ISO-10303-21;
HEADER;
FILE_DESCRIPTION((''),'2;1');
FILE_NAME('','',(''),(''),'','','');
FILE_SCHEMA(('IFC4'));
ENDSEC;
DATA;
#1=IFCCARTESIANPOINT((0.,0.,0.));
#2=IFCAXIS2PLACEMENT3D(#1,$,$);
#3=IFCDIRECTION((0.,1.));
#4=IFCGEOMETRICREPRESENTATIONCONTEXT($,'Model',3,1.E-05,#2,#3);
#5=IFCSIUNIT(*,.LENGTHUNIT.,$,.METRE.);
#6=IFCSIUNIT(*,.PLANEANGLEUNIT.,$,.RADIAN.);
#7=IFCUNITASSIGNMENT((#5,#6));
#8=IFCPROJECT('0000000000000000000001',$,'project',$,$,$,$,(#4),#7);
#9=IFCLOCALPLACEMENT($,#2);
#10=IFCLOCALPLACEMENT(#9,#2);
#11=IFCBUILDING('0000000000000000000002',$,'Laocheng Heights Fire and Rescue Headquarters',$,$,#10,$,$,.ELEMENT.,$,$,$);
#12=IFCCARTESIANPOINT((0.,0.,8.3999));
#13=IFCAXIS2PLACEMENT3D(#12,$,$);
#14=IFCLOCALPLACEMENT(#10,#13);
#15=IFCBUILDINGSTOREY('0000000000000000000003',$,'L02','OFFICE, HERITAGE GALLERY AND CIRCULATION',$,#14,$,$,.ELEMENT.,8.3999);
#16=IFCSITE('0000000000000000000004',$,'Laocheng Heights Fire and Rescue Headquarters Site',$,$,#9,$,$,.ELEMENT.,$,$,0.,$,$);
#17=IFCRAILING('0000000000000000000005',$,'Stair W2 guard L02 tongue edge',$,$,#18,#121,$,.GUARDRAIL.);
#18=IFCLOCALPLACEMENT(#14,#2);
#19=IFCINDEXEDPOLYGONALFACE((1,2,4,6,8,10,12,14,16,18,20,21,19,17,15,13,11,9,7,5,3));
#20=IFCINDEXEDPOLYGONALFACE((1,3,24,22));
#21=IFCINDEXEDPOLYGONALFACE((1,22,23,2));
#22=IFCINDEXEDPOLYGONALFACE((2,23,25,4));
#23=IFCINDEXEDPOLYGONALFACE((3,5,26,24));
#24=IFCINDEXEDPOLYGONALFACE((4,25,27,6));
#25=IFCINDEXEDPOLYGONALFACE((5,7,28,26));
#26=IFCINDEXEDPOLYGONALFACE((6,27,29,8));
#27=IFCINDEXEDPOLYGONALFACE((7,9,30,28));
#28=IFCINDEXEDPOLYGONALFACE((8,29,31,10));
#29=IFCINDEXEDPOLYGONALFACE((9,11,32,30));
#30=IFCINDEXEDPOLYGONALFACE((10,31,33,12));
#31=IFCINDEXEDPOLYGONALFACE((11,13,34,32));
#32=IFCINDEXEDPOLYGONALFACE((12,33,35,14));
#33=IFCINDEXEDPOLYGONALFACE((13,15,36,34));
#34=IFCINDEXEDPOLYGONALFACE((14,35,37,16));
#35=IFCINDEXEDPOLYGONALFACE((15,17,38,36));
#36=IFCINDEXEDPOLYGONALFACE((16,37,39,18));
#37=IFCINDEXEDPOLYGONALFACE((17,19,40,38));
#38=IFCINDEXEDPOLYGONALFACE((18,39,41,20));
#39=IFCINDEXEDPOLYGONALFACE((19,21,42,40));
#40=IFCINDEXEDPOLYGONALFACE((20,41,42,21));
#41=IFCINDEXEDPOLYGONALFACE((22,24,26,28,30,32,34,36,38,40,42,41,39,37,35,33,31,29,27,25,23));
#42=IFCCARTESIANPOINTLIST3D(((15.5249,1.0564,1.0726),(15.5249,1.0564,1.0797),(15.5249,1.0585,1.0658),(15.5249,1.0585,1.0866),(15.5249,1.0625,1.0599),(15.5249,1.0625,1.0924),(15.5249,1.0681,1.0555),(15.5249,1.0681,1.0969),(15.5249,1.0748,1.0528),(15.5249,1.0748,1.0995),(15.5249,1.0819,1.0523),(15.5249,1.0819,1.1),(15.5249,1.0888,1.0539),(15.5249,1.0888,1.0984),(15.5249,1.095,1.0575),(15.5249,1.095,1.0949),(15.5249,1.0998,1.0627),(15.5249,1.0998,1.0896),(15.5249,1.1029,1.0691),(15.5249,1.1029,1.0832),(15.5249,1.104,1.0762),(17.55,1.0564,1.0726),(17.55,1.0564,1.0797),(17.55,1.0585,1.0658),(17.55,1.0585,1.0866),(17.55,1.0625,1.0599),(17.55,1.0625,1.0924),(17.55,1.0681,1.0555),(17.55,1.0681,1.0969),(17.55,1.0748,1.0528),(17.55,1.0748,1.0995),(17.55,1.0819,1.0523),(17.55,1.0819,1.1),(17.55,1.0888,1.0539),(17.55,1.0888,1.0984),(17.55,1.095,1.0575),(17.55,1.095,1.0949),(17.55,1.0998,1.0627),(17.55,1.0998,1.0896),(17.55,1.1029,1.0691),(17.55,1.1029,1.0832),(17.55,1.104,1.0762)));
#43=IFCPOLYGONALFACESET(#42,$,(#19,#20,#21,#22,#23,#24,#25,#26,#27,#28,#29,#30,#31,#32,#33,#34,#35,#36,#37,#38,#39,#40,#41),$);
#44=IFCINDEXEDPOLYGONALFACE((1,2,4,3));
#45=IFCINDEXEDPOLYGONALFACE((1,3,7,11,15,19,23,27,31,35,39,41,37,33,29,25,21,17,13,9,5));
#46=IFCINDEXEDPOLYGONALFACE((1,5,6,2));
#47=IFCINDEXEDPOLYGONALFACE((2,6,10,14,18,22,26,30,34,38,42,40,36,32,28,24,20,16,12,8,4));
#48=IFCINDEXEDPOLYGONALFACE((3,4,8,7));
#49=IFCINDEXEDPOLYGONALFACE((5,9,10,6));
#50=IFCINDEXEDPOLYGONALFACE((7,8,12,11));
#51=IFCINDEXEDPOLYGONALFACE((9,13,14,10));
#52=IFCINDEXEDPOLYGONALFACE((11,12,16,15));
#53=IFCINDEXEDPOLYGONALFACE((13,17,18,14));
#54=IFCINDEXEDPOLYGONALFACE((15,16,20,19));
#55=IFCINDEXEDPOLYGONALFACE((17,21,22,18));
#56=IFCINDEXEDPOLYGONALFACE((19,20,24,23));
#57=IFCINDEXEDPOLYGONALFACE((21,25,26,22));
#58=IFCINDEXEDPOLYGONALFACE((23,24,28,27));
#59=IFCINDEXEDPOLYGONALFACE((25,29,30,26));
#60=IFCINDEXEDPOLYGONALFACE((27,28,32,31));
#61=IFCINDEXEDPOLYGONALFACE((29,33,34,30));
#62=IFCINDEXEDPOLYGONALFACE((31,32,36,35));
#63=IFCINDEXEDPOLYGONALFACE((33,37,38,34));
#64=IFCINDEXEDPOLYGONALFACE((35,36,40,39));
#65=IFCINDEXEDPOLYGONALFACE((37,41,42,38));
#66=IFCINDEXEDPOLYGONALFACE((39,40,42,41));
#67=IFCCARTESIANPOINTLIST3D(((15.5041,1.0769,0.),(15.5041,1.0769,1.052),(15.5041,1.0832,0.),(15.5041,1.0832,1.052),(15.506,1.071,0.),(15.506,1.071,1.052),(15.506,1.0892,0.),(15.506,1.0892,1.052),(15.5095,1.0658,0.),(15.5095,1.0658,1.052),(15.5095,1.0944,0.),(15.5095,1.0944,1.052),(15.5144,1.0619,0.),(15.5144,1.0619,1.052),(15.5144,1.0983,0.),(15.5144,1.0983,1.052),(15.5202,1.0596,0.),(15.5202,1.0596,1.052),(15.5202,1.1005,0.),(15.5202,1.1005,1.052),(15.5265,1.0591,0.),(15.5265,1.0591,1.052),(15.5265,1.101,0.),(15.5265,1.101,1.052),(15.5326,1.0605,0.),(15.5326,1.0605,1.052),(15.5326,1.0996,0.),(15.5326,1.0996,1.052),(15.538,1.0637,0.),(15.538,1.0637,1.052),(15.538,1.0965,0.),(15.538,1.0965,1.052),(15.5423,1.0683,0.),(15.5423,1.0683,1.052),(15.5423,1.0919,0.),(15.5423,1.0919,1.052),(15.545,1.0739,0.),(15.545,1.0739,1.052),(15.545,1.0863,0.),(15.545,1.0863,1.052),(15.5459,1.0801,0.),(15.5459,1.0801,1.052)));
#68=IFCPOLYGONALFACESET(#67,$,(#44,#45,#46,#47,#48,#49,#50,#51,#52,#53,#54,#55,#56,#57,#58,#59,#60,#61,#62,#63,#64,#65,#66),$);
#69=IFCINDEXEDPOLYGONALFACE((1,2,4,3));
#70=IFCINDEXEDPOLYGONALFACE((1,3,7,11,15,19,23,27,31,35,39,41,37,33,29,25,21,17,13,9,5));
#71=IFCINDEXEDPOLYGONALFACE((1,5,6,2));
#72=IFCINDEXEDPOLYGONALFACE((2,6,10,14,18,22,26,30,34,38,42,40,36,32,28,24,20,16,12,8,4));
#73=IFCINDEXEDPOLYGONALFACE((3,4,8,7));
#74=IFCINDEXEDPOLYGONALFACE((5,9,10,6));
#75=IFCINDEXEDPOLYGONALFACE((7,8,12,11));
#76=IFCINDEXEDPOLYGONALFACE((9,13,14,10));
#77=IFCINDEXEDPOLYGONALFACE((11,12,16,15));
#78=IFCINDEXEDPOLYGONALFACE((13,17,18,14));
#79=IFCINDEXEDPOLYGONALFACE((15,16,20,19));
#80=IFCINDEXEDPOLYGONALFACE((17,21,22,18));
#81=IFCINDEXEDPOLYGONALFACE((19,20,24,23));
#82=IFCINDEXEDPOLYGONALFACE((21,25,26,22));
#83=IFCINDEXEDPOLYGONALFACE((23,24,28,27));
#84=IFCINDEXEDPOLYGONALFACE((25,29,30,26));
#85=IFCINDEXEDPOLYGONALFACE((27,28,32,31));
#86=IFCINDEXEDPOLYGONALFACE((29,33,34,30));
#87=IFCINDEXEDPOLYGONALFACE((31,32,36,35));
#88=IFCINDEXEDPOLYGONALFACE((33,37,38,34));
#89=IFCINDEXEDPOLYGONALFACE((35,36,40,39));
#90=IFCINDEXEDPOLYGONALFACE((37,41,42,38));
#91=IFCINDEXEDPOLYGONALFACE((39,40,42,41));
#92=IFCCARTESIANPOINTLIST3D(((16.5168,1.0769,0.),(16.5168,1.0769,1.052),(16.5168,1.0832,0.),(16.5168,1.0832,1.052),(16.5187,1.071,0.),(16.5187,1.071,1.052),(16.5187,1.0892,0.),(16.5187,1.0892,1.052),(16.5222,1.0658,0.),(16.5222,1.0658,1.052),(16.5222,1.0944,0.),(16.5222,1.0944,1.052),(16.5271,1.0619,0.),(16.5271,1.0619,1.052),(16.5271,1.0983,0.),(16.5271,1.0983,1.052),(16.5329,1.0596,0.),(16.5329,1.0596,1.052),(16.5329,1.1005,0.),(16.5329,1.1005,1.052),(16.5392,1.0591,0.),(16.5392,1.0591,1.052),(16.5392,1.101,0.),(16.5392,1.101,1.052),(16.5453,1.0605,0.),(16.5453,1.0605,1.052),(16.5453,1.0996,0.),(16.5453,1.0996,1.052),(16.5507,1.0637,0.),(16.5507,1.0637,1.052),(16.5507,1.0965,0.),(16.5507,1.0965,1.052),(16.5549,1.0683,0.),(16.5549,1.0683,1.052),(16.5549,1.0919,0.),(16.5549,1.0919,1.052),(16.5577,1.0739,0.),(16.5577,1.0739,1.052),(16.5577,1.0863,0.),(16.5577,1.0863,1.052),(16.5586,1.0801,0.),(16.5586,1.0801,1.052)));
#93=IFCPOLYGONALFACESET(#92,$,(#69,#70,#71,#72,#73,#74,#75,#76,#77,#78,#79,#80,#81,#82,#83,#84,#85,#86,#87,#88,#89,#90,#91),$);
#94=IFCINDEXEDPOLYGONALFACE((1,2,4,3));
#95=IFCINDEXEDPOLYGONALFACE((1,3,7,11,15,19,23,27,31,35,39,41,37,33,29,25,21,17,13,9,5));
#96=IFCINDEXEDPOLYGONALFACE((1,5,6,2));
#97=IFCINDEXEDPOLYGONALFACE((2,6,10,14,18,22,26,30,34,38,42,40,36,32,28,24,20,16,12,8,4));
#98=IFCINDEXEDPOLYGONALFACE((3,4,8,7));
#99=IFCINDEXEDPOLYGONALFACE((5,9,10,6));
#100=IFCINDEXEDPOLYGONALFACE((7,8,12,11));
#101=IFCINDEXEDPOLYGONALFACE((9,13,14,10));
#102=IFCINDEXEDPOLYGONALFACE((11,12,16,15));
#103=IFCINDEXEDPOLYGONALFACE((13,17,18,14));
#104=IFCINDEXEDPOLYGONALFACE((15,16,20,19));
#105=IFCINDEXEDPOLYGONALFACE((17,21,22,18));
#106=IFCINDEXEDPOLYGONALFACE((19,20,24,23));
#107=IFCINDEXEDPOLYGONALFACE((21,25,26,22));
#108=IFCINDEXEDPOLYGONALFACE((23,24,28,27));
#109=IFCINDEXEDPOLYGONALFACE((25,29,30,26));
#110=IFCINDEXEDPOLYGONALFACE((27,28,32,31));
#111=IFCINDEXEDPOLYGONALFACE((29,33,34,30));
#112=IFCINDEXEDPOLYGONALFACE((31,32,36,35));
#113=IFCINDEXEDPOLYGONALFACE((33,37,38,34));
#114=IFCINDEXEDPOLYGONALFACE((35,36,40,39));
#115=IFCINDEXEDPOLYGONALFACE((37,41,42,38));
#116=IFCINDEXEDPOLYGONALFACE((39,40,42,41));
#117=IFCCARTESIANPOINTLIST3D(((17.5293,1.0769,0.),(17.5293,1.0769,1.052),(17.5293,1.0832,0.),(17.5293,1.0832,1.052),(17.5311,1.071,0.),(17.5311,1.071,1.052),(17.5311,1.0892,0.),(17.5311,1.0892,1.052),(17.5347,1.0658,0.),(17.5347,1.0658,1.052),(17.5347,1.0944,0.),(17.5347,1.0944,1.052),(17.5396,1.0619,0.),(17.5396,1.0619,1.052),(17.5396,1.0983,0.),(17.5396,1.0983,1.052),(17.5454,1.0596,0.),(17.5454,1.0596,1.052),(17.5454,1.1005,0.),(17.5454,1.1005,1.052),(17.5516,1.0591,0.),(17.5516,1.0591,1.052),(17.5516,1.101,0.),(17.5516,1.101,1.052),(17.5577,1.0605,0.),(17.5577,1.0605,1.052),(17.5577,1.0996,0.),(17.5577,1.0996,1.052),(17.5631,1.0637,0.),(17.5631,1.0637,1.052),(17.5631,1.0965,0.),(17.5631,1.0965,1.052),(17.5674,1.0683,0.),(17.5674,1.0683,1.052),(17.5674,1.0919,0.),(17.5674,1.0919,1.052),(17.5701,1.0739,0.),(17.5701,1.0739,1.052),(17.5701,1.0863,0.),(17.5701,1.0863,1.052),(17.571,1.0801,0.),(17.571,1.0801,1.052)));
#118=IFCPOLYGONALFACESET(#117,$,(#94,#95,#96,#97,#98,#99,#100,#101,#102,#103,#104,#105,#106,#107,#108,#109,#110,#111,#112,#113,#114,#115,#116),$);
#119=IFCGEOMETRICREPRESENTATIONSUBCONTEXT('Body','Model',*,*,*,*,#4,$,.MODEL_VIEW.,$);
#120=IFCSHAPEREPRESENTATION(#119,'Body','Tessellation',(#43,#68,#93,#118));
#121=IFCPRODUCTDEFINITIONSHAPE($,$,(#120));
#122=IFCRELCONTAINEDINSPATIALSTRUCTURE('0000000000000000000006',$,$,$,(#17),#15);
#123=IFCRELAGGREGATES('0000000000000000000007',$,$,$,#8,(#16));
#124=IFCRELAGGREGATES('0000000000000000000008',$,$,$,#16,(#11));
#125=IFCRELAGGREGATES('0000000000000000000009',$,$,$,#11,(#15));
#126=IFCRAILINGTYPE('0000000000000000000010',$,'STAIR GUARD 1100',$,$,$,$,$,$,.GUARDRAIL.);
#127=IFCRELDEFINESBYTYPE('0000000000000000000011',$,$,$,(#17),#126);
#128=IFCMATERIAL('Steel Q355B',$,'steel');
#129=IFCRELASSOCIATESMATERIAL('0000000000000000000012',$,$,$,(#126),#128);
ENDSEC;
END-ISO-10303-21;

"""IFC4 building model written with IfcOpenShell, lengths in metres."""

from ifc_helpers import new_model, si_unit, direction, frame, origin, origin_2d, place, context, subcontext, project, spatial, circle, extrude, material, type_object, element, save


model = new_model("IFC4")

# Units and contexts
model_context = context("Model", 3, precision=1e-05, world=origin(), true_north=direction((0.0, 1.0)))
body_context = subcontext(model_context, "Body", "Model", "MODEL_VIEW")
ifc_project = project(units=[si_unit("LENGTHUNIT", "METRE"), si_unit("PLANEANGLEUNIT", "RADIAN")], contexts=[model_context])

# Site, building, storey
site_placement = place(None, origin())
site = spatial("IfcSite", under=ifc_project, at=site_placement, Name="Laocheng Heights Fire and Rescue Headquarters Site", CompositionType="ELEMENT", RefElevation=0.0)
building_placement = place(site_placement, origin())
building = spatial("IfcBuilding", under=site, at=building_placement, Name="Laocheng Heights Fire and Rescue Headquarters", CompositionType="ELEMENT")
storey_placement = place(building_placement, frame((0.0, 0.0, 8.3999)))
storey = spatial("IfcBuildingStorey", under=building, at=storey_placement, Name="L02", Description="OFFICE, HERITAGE GALLERY AND CIRCULATION", CompositionType="ELEMENT", Elevation=8.3999)

# Railing
ifc_material_1 = material(Name="Steel Q355B", Category="steel")
railing_type_1 = type_object("IfcRailingType", Name="STAIR GUARD 1100", PredefinedType="GUARDRAIL", material=ifc_material_1)
railing_1_placement = place(storey_placement, frame((15.5249, 1.0801, 0.0)))
element("IfcRailing", 1, at=railing_1_placement, inside=storey, type_object=railing_type_1, Name="Stair W2 guard L02 tongue edge", PredefinedType="GUARDRAIL", context=body_context, shape_type="SweptSolid", body=[
    extrude(circle(Radius=0.0239, at=origin_2d()), frame((0.0, 0.0, 1.0762), z_axis=(1.0, 0.0, 0.0), x_axis=(0.0, 1.0, 0.0)), (0.0, 0.0, 1.0), 2.0251),
    extrude(circle(Radius=0.021, at=origin_2d()), origin(), (0.0, 0.0, 1.0), 1.052),
    extrude(circle(Radius=0.021, at=origin_2d()), frame((1.0127, 0.0, 0.0)), (0.0, 0.0, 1.0), 1.052),
    extrude(circle(Radius=0.021, at=origin_2d()), frame((2.0251, 0.0, 0.0)), (0.0, 0.0, 1.0), 1.052),
])

save(model, "model.ifc")
